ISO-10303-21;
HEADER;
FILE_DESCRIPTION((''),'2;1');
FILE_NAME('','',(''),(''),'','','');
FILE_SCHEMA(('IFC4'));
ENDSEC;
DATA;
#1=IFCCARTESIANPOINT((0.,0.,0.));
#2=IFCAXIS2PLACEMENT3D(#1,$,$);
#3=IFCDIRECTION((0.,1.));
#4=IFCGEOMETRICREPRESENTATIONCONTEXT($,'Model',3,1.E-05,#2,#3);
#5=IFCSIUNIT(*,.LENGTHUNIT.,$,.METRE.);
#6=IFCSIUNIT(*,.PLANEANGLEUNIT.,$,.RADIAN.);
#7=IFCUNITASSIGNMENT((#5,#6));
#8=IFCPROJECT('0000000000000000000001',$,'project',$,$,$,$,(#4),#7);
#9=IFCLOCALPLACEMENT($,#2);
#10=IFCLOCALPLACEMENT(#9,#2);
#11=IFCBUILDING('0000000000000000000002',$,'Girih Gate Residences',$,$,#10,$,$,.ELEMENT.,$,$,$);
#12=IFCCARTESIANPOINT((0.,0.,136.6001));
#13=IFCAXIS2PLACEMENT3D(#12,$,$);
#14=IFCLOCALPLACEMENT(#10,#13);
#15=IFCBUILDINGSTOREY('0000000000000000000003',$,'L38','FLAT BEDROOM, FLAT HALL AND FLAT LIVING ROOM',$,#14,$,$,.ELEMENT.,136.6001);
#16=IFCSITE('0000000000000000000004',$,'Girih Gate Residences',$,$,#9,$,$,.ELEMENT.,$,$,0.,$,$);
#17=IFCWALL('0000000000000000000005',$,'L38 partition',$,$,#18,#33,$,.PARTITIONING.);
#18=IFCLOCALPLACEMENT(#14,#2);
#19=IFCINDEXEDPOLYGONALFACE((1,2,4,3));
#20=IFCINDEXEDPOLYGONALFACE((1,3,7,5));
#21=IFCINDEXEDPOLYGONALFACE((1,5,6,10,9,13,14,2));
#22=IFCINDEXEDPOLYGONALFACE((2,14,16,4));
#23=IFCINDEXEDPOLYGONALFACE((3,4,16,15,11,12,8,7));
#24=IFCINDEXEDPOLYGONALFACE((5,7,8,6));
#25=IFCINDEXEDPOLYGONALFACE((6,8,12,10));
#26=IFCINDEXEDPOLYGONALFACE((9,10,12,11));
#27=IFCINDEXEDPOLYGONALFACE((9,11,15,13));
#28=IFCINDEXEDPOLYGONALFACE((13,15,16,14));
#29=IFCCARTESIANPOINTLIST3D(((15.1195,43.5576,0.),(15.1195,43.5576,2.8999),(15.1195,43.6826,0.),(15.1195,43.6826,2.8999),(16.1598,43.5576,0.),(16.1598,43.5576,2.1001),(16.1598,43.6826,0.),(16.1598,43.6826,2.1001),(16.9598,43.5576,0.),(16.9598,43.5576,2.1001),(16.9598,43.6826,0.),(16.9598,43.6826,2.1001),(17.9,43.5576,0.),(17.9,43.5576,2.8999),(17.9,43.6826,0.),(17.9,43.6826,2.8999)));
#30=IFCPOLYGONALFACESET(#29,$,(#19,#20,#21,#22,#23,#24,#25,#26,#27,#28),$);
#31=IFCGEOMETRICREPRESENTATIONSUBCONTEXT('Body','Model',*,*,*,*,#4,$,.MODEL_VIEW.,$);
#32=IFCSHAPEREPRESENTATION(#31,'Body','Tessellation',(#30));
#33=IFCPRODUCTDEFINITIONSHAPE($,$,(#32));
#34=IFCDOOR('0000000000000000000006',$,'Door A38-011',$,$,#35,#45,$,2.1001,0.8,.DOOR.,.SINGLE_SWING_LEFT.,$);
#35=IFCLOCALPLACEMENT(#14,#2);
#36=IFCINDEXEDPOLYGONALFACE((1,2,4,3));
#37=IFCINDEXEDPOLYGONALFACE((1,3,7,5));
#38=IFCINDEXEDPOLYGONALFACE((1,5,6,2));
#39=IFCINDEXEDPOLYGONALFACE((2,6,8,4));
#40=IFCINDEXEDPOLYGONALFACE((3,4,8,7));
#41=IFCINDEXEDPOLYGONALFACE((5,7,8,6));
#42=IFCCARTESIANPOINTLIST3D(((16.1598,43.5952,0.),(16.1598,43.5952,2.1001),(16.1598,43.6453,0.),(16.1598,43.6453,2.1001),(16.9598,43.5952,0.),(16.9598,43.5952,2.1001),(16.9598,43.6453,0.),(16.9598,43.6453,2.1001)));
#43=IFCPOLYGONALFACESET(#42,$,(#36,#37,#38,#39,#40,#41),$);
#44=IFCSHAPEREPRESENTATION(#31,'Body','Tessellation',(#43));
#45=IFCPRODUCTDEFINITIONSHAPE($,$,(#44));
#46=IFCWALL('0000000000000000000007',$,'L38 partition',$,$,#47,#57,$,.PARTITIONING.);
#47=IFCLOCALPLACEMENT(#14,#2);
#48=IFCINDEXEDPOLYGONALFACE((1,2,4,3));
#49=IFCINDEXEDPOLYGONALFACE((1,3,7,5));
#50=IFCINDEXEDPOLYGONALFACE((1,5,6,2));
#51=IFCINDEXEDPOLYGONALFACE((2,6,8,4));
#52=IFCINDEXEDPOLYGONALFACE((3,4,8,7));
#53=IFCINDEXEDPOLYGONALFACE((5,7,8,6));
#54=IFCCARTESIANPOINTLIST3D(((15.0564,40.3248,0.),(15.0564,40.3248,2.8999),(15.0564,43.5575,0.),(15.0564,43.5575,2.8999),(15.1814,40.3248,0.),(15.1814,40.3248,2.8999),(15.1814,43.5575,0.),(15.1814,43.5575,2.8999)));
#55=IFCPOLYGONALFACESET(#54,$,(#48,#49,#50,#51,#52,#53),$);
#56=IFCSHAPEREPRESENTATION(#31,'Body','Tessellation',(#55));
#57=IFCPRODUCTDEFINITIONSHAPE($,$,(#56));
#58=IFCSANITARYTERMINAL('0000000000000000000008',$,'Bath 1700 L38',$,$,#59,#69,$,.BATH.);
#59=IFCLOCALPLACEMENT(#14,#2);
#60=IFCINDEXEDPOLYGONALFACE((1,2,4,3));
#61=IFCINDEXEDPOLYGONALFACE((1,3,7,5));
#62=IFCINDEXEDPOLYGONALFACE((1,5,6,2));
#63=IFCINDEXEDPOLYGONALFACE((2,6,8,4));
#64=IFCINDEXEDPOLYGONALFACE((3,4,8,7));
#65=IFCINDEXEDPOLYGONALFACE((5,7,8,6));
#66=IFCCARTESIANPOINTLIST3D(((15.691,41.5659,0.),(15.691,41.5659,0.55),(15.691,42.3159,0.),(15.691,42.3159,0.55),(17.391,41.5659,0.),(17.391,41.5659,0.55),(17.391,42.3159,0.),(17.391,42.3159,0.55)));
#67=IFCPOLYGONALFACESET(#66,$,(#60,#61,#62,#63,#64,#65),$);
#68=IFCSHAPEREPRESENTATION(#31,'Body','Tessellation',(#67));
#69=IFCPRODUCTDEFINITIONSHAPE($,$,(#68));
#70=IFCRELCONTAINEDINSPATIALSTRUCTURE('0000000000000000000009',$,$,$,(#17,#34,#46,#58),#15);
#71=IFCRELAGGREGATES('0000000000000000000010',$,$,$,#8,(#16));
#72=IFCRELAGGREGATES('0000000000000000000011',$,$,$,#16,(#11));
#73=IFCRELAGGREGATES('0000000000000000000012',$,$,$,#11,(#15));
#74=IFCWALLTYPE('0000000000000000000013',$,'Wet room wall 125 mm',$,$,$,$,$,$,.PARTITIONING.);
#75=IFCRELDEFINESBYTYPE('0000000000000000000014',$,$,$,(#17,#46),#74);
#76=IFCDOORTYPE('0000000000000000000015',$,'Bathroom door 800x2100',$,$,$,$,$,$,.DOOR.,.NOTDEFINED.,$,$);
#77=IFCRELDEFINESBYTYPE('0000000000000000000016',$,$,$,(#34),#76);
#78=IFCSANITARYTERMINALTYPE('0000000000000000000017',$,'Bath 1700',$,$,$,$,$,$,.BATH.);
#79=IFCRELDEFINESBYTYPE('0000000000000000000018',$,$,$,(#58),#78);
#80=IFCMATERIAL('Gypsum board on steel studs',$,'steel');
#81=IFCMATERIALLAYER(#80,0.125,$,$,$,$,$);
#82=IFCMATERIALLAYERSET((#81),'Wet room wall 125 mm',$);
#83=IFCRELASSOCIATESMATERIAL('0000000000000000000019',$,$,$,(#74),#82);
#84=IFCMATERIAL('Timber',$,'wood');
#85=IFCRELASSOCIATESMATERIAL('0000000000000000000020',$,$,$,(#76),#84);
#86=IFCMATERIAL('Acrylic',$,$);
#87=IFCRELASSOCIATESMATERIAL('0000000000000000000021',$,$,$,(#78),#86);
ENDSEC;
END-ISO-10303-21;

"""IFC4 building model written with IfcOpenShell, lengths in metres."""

from ifc_helpers import new_model, si_unit, direction, frame, frame_2d, origin, origin_2d, place, context, subcontext, project, spatial, rectangle, extrude, material, layer, layer_set, type_object, element, fill, save


model = new_model("IFC4")

# Units and contexts
model_context = context("Model", 3, precision=1e-05, world=origin(), true_north=direction((0.0, 1.0)))
body_context = subcontext(model_context, "Body", "Model", "MODEL_VIEW")
ifc_project = project(units=[si_unit("LENGTHUNIT", "METRE"), si_unit("PLANEANGLEUNIT", "RADIAN")], contexts=[model_context])

# Site, building, storey
site_placement = place(None, origin())
site = spatial("IfcSite", under=ifc_project, at=site_placement, Name="Girih Gate Residences", CompositionType="ELEMENT", RefElevation=0.0)
building_placement = place(site_placement, origin())
building = spatial("IfcBuilding", under=site, at=building_placement, Name="Girih Gate Residences", CompositionType="ELEMENT")
storey_placement = place(building_placement, frame((0.0, 0.0, 136.6001)))
storey = spatial("IfcBuildingStorey", under=building, at=storey_placement, Name="L38", Description="FLAT BEDROOM, FLAT HALL AND FLAT LIVING ROOM", CompositionType="ELEMENT", Elevation=136.6001)

# Shared definitions
ifc_material_1 = material(Name="Gypsum board on steel studs", Category="steel")

# Shared definitions
ifc_material_2 = material(Name="Timber", Category="wood")

# Wall, opening, door
ifc_layer_1 = layer(ifc_material_1, 0.125)
ifc_layer_set_1 = layer_set([ifc_layer_1], Name="Wet room wall 125 mm")
wall_type_1 = type_object("IfcWallType", Name="Wet room wall 125 mm", PredefinedType="PARTITIONING", material=ifc_layer_set_1)
wall_1_placement = place(storey_placement, frame((17.8999, 43.6201, 0.0), z_axis=(0.0, 0.0, 1.0), x_axis=(-1.0, 0.0, 0.0)))
wall_1 = element("IfcWall", 1, at=wall_1_placement, inside=storey, type_object=wall_type_1, Name="L38 partition", PredefinedType="PARTITIONING", context=body_context, shape_type="SweptSolid", body=[
    extrude(rectangle(XDim=2.7805, YDim=0.125, at=frame_2d((1.3901, 0.0))), origin(), (0.0, 0.0, 1.0), 2.8999),
])
opening_1_placement = place(wall_1_placement, frame((0.9402, 0.0, 0.0)))
opening_1 = element("IfcOpeningElement", 2, at=opening_1_placement, cuts=wall_1, PredefinedType="OPENING", context=body_context, shape_type="SweptSolid", body=[
    extrude(rectangle(XDim=0.8, YDim=2.1001, at=frame_2d((0.3999, 1.05))), frame((0.0, 0.0725, 0.0), z_axis=(0.0, -1.0, 0.0), x_axis=(1.0, 0.0, 0.0)), (0.0, 0.0, 1.0), 0.145),
])
door_type_1 = type_object("IfcDoorType", Name="Bathroom door 800x2100", OperationType="NOTDEFINED", PredefinedType="DOOR", material=ifc_material_2)
door_1_placement = place(opening_1_placement, origin())
door_1 = element("IfcDoor", 3, at=door_1_placement, inside=storey, type_object=door_type_1, Name="Door A38-011", OperationType="SINGLE_SWING_LEFT", OverallHeight=2.1001, OverallWidth=0.8, PredefinedType="DOOR", context=body_context, shape_type="SweptSolid", body=[
    extrude(rectangle(XDim=0.8, YDim=2.1001, at=frame_2d((0.3999, 1.05))), frame((0.0, 0.0249, 0.0), z_axis=(0.0, -1.0, 0.0), x_axis=(1.0, 0.0, 0.0)), (0.0, 0.0, 1.0), 0.05),
])
fill(opening_1, door_1)

# Wall
wall_2_placement = place(storey_placement, frame((15.1189, 40.325, 0.0), z_axis=(0.0, 0.0, 1.0), x_axis=(0.0, 1.0, 0.0)))
element("IfcWall", 4, at=wall_2_placement, inside=storey, type_object=wall_type_1, Name="L38 partition", PredefinedType="PARTITIONING", context=body_context, shape_type="SweptSolid", body=[
    extrude(rectangle(XDim=3.2327, YDim=0.125, at=frame_2d((1.6162, 0.0))), origin(), (0.0, 0.0, 1.0), 2.8999),
])

# Sanitary terminal
ifc_material_3 = material(Name="Acrylic")
sanitary_terminal_type = type_object("IfcSanitaryTerminalType", Name="Bath 1700", PredefinedType="BATH", material=ifc_material_3)
sanitary_terminal_placement = place(storey_placement, frame((16.541, 41.9409, 0.0), z_axis=(0.0, 0.0, 1.0), x_axis=(1.0, 0.0, 0.0)))
element("IfcSanitaryTerminal", 5, at=sanitary_terminal_placement, inside=storey, type_object=sanitary_terminal_type, Name="Bath 1700 L38", PredefinedType="BATH", context=body_context, shape_type="SweptSolid", body=[
    extrude(rectangle(XDim=1.7, YDim=0.75, at=origin_2d()), origin(), (0.0, 0.0, 1.0), 0.55),
])

save(model, "model.ifc")
